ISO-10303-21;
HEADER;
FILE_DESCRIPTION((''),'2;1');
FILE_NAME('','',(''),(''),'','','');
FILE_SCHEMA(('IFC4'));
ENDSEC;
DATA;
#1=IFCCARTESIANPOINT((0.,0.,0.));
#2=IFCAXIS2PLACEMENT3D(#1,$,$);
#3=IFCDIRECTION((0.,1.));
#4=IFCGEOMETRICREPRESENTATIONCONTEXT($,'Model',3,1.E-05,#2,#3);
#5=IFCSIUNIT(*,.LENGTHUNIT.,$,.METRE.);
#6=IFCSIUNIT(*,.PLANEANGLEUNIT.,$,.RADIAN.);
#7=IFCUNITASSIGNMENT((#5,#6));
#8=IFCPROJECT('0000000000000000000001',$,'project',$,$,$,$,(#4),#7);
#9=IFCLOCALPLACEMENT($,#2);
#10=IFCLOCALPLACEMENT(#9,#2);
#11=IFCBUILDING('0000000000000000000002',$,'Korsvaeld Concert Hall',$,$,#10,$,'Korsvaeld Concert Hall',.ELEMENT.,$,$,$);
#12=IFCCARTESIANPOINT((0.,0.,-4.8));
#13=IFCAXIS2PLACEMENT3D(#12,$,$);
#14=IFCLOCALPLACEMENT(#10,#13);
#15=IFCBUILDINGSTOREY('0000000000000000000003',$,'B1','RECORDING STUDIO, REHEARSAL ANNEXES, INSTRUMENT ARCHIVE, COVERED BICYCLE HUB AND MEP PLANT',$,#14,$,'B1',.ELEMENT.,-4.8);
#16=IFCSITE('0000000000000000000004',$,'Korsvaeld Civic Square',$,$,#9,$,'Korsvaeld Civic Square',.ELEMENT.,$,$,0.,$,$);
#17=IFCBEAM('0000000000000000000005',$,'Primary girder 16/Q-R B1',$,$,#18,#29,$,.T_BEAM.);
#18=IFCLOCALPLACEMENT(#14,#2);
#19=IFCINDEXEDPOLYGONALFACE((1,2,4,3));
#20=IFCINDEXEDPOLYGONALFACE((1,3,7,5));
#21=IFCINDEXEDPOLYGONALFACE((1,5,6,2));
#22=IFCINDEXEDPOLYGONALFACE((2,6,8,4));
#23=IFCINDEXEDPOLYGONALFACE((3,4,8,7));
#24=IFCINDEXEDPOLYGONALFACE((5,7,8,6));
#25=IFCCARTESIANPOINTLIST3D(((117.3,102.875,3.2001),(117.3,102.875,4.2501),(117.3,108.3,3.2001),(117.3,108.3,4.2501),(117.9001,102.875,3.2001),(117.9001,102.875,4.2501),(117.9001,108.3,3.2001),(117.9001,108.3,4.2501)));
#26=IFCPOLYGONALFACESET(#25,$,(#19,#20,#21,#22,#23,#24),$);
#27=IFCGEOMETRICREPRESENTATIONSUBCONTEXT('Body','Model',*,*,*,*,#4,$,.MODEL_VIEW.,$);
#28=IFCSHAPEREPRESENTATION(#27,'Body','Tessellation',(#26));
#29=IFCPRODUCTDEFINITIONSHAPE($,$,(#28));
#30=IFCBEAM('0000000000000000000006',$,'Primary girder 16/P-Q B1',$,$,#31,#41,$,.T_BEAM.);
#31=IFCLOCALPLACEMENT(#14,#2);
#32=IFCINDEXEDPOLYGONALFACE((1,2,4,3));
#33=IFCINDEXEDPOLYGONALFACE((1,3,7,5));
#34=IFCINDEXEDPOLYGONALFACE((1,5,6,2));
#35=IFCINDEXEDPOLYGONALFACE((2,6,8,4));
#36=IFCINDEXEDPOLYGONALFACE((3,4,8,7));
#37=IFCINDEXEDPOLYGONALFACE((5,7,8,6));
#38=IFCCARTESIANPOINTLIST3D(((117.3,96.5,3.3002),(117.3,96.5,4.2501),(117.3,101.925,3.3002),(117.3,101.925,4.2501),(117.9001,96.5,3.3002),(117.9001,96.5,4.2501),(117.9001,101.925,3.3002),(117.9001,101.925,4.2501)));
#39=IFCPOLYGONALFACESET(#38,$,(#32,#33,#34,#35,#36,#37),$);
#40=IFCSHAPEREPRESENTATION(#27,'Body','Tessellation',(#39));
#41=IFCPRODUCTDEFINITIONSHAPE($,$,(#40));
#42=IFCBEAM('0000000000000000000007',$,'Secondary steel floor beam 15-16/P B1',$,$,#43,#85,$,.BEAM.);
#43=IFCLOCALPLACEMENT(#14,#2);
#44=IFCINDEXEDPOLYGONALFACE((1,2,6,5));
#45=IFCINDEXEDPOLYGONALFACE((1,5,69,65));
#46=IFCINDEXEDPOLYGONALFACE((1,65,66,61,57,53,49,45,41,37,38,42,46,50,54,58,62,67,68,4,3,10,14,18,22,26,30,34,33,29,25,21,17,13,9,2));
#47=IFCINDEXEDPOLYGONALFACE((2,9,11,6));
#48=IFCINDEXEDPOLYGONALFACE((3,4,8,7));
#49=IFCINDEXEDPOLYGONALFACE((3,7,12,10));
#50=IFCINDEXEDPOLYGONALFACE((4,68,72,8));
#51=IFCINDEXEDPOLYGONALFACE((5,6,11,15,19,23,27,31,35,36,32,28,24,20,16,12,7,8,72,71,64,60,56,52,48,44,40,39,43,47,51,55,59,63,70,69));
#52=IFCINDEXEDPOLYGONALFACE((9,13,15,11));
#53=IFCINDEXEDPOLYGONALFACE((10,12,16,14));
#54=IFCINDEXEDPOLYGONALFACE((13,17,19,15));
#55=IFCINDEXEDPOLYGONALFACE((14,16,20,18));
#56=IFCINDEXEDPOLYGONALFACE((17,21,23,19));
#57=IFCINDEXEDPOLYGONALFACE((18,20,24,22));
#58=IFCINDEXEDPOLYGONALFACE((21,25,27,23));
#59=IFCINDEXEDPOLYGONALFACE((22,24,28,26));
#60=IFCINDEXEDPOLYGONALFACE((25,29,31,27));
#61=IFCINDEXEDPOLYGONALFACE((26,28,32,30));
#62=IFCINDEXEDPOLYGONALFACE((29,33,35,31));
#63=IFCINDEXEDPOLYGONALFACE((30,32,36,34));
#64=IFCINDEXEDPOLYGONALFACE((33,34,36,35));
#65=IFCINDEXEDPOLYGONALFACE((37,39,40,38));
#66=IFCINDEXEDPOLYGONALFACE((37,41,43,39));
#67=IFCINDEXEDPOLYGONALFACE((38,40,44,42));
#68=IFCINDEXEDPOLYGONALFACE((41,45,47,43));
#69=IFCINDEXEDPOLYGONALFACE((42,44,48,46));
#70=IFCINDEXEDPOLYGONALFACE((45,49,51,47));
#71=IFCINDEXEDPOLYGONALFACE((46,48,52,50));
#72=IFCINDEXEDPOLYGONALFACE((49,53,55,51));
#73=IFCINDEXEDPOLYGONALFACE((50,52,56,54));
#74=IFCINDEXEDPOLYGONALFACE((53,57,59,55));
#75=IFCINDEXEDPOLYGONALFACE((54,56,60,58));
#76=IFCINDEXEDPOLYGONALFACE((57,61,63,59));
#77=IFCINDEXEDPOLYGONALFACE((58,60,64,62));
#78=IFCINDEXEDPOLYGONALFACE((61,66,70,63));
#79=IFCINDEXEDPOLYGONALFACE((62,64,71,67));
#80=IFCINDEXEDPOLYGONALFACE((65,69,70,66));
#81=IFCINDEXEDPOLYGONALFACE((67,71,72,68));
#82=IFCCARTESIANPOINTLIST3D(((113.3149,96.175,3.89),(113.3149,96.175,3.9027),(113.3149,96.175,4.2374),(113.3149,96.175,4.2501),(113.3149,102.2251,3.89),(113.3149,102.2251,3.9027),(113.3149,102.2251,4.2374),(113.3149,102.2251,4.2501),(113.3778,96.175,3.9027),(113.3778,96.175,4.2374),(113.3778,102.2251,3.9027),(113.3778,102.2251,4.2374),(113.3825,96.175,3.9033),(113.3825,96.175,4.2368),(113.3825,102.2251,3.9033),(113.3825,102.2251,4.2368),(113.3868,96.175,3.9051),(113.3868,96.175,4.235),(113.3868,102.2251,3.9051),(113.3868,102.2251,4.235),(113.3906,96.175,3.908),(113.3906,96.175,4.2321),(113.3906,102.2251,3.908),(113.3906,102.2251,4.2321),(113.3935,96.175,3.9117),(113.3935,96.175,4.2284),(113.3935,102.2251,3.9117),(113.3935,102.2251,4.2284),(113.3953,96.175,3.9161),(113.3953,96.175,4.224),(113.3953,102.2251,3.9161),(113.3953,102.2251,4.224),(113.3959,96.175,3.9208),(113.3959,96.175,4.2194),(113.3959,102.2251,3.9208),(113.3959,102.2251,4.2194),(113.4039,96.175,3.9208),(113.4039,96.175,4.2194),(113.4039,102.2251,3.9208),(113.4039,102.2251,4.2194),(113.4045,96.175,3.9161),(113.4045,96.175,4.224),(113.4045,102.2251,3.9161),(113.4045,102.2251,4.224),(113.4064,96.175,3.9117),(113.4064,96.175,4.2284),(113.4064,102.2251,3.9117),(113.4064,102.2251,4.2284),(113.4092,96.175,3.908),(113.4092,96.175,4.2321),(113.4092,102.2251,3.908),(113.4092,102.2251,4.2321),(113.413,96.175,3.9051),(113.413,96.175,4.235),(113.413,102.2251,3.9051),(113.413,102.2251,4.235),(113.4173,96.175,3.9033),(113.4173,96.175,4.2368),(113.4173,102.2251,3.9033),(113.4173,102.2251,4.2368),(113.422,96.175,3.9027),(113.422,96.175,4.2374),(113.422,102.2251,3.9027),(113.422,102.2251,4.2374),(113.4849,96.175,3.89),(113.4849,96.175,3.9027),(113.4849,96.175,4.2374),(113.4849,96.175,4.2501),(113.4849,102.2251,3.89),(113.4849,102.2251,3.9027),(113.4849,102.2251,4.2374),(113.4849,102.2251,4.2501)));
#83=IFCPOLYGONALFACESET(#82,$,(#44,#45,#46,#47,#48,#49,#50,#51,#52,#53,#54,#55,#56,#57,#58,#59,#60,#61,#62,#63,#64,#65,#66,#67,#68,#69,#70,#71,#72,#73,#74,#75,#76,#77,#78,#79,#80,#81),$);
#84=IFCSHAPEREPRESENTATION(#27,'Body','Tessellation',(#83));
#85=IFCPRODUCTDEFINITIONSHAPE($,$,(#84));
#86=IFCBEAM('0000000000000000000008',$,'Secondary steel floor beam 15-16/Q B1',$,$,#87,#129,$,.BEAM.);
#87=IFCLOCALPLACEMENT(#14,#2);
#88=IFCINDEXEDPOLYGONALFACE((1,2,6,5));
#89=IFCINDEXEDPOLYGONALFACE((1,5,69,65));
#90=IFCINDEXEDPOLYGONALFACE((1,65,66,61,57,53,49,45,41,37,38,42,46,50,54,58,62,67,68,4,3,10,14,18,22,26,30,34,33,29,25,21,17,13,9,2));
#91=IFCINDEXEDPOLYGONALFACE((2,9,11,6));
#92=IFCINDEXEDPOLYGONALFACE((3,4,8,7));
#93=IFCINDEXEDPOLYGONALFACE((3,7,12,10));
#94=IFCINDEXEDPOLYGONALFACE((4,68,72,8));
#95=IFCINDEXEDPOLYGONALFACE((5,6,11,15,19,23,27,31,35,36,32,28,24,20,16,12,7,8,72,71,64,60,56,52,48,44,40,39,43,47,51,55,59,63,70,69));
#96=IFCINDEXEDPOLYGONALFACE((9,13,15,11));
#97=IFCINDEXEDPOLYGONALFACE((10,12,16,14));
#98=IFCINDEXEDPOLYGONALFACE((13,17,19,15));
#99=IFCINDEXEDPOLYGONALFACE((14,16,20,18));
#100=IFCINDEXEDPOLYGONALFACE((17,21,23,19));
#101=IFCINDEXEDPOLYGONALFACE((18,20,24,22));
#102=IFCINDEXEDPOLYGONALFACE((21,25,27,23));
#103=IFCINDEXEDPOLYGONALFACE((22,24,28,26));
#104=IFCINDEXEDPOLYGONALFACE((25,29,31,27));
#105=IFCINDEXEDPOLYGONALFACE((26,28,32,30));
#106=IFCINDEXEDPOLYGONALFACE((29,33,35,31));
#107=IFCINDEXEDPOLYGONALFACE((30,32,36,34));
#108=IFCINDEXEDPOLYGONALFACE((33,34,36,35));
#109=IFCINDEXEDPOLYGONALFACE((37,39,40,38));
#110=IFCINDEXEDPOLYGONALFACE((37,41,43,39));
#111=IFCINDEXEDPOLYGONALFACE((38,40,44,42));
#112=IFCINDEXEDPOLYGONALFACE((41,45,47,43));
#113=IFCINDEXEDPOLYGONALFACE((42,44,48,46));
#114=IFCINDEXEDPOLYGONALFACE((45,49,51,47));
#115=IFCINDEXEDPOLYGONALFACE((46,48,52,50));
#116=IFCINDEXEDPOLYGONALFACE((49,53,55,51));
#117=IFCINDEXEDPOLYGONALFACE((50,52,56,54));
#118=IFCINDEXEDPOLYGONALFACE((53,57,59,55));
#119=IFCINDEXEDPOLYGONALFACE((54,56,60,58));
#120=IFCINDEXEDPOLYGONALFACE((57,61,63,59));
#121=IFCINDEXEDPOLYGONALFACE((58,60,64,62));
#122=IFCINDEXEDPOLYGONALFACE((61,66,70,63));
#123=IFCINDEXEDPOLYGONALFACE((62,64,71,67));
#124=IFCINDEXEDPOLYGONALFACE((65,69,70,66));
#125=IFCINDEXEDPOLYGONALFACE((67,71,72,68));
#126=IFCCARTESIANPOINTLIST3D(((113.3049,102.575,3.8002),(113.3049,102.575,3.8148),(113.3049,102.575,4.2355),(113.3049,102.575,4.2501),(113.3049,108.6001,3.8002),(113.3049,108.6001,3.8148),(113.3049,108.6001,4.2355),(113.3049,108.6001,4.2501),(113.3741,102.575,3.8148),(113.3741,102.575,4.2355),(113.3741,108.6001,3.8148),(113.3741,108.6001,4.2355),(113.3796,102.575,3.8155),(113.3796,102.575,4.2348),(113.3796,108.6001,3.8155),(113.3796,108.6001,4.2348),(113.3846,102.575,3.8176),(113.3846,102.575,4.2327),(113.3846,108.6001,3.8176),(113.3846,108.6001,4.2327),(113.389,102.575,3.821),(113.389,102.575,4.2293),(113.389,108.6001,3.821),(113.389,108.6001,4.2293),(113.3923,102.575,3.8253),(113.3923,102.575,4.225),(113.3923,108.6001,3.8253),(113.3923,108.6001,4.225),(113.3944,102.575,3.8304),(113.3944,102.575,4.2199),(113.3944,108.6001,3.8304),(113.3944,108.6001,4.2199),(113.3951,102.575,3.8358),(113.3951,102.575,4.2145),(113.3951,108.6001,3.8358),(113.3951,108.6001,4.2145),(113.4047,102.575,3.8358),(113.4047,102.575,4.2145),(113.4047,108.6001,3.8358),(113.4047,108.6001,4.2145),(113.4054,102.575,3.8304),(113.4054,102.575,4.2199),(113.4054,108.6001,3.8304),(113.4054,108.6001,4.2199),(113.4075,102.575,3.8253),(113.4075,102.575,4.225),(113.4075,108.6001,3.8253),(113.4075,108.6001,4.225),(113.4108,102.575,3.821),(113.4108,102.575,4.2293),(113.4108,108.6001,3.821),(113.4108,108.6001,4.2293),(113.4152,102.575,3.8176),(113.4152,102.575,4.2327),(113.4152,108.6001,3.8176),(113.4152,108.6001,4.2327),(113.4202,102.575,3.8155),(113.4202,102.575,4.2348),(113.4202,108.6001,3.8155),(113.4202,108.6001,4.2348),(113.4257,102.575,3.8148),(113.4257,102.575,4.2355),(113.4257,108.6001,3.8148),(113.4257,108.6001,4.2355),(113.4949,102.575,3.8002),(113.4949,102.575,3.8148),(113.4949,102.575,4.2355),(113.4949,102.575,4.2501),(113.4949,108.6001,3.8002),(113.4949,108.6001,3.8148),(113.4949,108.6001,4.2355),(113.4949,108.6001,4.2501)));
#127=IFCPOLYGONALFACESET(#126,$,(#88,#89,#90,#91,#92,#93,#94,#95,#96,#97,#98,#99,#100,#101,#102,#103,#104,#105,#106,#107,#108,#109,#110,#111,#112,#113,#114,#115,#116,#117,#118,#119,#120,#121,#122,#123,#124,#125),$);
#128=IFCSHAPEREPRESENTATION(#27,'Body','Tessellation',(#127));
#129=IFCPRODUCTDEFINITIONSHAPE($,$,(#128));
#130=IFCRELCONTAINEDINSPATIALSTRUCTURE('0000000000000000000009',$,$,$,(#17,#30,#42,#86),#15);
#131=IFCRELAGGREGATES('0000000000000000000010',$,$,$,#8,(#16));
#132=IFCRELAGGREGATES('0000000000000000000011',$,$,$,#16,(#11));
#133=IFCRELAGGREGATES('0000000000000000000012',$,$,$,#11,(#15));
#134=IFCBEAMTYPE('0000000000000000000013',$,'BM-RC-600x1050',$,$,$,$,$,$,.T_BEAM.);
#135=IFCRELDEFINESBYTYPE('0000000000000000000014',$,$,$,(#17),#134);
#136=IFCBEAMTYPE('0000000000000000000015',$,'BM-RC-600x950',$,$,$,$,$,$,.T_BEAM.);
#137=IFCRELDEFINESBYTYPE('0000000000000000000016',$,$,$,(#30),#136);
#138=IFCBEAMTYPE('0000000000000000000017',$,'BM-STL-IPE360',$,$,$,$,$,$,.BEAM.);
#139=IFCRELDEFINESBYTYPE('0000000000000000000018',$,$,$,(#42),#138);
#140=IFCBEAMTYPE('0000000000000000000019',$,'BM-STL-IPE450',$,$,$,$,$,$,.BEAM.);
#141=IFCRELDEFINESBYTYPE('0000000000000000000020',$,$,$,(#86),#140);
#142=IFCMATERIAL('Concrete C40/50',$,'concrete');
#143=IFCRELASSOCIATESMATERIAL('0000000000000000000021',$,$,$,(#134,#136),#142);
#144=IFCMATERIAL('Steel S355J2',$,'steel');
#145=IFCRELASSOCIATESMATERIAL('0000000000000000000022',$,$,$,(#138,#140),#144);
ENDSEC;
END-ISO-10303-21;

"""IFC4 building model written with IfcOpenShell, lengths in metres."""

from ifc_helpers import new_model, si_unit, direction, frame, origin, origin_2d, place, context, subcontext, project, spatial, rectangle, i_section, extrude, material, material_profile, profile_set, type_object, element, save


model = new_model("IFC4")

# Units and contexts
model_context = context("Model", 3, precision=1e-05, world=origin(), true_north=direction((0.0, 1.0)))
body_context = subcontext(model_context, "Body", "Model", "MODEL_VIEW")
ifc_project = project(units=[si_unit("LENGTHUNIT", "METRE"), si_unit("PLANEANGLEUNIT", "RADIAN")], contexts=[model_context])

# Site, building, storey
site_placement = place(None, origin())
site = spatial("IfcSite", under=ifc_project, at=site_placement, Name="Korsvaeld Civic Square", LongName="Korsvaeld Civic Square", CompositionType="ELEMENT", RefElevation=0.0)
building_placement = place(site_placement, origin())
building = spatial("IfcBuilding", under=site, at=building_placement, Name="Korsvaeld Concert Hall", LongName="Korsvaeld Concert Hall", CompositionType="ELEMENT")
storey_placement = place(building_placement, frame((0.0, 0.0, -4.8)))
storey = spatial("IfcBuildingStorey", under=building, at=storey_placement, Name="B1", Description="RECORDING STUDIO, REHEARSAL ANNEXES, INSTRUMENT ARCHIVE, COVERED BICYCLE HUB AND MEP PLANT", LongName="B1", CompositionType="ELEMENT", Elevation=-4.8)

# Shared definitions
ifc_material_1 = material(Name="Concrete C40/50", Category="concrete")

# Beams
ifc_material_profile_1 = material_profile(ifc_material_1, rectangle(XDim=0.6001, YDim=1.05, at=origin_2d()), Name="RC 600x1050")
ifc_profile_set_1 = profile_set([ifc_material_profile_1], Name="Concrete C40/50")
beam_type_1 = type_object("IfcBeamType", Name="BM-RC-600x1050", PredefinedType="T_BEAM", material=ifc_profile_set_1)
beam_1_placement = place(storey_placement, frame((117.6001, 102.875, 3.7251), z_axis=(0.0, 1.0, 0.0), x_axis=(-1.0, 0.0, 0.0)))
element("IfcBeam", 1, at=beam_1_placement, inside=storey, type_object=beam_type_1, Name="Primary girder 16/Q-R B1", PredefinedType="T_BEAM", context=body_context, shape_type="SweptSolid", body=[
    extrude(rectangle(XDim=0.6001, YDim=1.05, at=origin_2d()), origin(), (0.0, 0.0, 1.0), 5.425),
])
ifc_material_profile_2 = material_profile(ifc_material_1, rectangle(XDim=0.6001, YDim=0.95, at=origin_2d()), Name="RC 600x950")
ifc_profile_set_2 = profile_set([ifc_material_profile_2], Name="Concrete C40/50")
beam_type_2 = type_object("IfcBeamType", Name="BM-RC-600x950", PredefinedType="T_BEAM", material=ifc_profile_set_2)
beam_2_placement = place(storey_placement, frame((117.6001, 96.5, 3.7751), z_axis=(0.0, 1.0, 0.0), x_axis=(-1.0, 0.0, 0.0)))
element("IfcBeam", 2, at=beam_2_placement, inside=storey, type_object=beam_type_2, Name="Primary girder 16/P-Q B1", PredefinedType="T_BEAM", context=body_context, shape_type="SweptSolid", body=[
    extrude(rectangle(XDim=0.6001, YDim=0.95, at=origin_2d()), origin(), (0.0, 0.0, 1.0), 5.425),
])
ifc_material_2 = material(Name="Steel S355J2", Category="steel")
ifc_material_profile_3 = material_profile(ifc_material_2, i_section(OverallWidth=0.1699, OverallDepth=0.3601, WebThickness=0.0081, FlangeThickness=0.0127, FilletRadius=0.0181, at=origin_2d()), Name="IPE 360")
ifc_profile_set_3 = profile_set([ifc_material_profile_3], Name="Steel S355J2")
beam_type_3 = type_object("IfcBeamType", Name="BM-STL-IPE360", PredefinedType="BEAM", material=ifc_profile_set_3)
beam_3_placement = place(storey_placement, frame((113.3999, 96.175, 4.0701), z_axis=(0.0, 1.0, 0.0), x_axis=(-1.0, 0.0, 0.0)))
element("IfcBeam", 3, at=beam_3_placement, inside=storey, type_object=beam_type_3, Name="Secondary steel floor beam 15-16/P B1", PredefinedType="BEAM", context=body_context, shape_type="SweptSolid", body=[
    extrude(i_section(OverallWidth=0.1699, OverallDepth=0.3601, WebThickness=0.0081, FlangeThickness=0.0127, FilletRadius=0.0181, at=origin_2d()), origin(), (0.0, 0.0, 1.0), 6.05),
])
ifc_material_profile_4 = material_profile(ifc_material_2, i_section(OverallWidth=0.1899, OverallDepth=0.45, WebThickness=0.0095, FlangeThickness=0.0146, FilletRadius=0.021, at=origin_2d()), Name="IPE 450")
ifc_profile_set_4 = profile_set([ifc_material_profile_4], Name="Steel S355J2")
beam_type_4 = type_object("IfcBeamType", Name="BM-STL-IPE450", PredefinedType="BEAM", material=ifc_profile_set_4)
beam_4_placement = place(storey_placement, frame((113.3999, 102.575, 4.0251), z_axis=(0.0, 1.0, 0.0), x_axis=(-1.0, 0.0, 0.0)))
element("IfcBeam", 4, at=beam_4_placement, inside=storey, type_object=beam_type_4, Name="Secondary steel floor beam 15-16/Q B1", PredefinedType="BEAM", context=body_context, shape_type="SweptSolid", body=[
    extrude(i_section(OverallWidth=0.1899, OverallDepth=0.45, WebThickness=0.0095, FlangeThickness=0.0146, FilletRadius=0.021, at=origin_2d()), origin(), (0.0, 0.0, 1.0), 6.0251),
])

save(model, "model.ifc")
